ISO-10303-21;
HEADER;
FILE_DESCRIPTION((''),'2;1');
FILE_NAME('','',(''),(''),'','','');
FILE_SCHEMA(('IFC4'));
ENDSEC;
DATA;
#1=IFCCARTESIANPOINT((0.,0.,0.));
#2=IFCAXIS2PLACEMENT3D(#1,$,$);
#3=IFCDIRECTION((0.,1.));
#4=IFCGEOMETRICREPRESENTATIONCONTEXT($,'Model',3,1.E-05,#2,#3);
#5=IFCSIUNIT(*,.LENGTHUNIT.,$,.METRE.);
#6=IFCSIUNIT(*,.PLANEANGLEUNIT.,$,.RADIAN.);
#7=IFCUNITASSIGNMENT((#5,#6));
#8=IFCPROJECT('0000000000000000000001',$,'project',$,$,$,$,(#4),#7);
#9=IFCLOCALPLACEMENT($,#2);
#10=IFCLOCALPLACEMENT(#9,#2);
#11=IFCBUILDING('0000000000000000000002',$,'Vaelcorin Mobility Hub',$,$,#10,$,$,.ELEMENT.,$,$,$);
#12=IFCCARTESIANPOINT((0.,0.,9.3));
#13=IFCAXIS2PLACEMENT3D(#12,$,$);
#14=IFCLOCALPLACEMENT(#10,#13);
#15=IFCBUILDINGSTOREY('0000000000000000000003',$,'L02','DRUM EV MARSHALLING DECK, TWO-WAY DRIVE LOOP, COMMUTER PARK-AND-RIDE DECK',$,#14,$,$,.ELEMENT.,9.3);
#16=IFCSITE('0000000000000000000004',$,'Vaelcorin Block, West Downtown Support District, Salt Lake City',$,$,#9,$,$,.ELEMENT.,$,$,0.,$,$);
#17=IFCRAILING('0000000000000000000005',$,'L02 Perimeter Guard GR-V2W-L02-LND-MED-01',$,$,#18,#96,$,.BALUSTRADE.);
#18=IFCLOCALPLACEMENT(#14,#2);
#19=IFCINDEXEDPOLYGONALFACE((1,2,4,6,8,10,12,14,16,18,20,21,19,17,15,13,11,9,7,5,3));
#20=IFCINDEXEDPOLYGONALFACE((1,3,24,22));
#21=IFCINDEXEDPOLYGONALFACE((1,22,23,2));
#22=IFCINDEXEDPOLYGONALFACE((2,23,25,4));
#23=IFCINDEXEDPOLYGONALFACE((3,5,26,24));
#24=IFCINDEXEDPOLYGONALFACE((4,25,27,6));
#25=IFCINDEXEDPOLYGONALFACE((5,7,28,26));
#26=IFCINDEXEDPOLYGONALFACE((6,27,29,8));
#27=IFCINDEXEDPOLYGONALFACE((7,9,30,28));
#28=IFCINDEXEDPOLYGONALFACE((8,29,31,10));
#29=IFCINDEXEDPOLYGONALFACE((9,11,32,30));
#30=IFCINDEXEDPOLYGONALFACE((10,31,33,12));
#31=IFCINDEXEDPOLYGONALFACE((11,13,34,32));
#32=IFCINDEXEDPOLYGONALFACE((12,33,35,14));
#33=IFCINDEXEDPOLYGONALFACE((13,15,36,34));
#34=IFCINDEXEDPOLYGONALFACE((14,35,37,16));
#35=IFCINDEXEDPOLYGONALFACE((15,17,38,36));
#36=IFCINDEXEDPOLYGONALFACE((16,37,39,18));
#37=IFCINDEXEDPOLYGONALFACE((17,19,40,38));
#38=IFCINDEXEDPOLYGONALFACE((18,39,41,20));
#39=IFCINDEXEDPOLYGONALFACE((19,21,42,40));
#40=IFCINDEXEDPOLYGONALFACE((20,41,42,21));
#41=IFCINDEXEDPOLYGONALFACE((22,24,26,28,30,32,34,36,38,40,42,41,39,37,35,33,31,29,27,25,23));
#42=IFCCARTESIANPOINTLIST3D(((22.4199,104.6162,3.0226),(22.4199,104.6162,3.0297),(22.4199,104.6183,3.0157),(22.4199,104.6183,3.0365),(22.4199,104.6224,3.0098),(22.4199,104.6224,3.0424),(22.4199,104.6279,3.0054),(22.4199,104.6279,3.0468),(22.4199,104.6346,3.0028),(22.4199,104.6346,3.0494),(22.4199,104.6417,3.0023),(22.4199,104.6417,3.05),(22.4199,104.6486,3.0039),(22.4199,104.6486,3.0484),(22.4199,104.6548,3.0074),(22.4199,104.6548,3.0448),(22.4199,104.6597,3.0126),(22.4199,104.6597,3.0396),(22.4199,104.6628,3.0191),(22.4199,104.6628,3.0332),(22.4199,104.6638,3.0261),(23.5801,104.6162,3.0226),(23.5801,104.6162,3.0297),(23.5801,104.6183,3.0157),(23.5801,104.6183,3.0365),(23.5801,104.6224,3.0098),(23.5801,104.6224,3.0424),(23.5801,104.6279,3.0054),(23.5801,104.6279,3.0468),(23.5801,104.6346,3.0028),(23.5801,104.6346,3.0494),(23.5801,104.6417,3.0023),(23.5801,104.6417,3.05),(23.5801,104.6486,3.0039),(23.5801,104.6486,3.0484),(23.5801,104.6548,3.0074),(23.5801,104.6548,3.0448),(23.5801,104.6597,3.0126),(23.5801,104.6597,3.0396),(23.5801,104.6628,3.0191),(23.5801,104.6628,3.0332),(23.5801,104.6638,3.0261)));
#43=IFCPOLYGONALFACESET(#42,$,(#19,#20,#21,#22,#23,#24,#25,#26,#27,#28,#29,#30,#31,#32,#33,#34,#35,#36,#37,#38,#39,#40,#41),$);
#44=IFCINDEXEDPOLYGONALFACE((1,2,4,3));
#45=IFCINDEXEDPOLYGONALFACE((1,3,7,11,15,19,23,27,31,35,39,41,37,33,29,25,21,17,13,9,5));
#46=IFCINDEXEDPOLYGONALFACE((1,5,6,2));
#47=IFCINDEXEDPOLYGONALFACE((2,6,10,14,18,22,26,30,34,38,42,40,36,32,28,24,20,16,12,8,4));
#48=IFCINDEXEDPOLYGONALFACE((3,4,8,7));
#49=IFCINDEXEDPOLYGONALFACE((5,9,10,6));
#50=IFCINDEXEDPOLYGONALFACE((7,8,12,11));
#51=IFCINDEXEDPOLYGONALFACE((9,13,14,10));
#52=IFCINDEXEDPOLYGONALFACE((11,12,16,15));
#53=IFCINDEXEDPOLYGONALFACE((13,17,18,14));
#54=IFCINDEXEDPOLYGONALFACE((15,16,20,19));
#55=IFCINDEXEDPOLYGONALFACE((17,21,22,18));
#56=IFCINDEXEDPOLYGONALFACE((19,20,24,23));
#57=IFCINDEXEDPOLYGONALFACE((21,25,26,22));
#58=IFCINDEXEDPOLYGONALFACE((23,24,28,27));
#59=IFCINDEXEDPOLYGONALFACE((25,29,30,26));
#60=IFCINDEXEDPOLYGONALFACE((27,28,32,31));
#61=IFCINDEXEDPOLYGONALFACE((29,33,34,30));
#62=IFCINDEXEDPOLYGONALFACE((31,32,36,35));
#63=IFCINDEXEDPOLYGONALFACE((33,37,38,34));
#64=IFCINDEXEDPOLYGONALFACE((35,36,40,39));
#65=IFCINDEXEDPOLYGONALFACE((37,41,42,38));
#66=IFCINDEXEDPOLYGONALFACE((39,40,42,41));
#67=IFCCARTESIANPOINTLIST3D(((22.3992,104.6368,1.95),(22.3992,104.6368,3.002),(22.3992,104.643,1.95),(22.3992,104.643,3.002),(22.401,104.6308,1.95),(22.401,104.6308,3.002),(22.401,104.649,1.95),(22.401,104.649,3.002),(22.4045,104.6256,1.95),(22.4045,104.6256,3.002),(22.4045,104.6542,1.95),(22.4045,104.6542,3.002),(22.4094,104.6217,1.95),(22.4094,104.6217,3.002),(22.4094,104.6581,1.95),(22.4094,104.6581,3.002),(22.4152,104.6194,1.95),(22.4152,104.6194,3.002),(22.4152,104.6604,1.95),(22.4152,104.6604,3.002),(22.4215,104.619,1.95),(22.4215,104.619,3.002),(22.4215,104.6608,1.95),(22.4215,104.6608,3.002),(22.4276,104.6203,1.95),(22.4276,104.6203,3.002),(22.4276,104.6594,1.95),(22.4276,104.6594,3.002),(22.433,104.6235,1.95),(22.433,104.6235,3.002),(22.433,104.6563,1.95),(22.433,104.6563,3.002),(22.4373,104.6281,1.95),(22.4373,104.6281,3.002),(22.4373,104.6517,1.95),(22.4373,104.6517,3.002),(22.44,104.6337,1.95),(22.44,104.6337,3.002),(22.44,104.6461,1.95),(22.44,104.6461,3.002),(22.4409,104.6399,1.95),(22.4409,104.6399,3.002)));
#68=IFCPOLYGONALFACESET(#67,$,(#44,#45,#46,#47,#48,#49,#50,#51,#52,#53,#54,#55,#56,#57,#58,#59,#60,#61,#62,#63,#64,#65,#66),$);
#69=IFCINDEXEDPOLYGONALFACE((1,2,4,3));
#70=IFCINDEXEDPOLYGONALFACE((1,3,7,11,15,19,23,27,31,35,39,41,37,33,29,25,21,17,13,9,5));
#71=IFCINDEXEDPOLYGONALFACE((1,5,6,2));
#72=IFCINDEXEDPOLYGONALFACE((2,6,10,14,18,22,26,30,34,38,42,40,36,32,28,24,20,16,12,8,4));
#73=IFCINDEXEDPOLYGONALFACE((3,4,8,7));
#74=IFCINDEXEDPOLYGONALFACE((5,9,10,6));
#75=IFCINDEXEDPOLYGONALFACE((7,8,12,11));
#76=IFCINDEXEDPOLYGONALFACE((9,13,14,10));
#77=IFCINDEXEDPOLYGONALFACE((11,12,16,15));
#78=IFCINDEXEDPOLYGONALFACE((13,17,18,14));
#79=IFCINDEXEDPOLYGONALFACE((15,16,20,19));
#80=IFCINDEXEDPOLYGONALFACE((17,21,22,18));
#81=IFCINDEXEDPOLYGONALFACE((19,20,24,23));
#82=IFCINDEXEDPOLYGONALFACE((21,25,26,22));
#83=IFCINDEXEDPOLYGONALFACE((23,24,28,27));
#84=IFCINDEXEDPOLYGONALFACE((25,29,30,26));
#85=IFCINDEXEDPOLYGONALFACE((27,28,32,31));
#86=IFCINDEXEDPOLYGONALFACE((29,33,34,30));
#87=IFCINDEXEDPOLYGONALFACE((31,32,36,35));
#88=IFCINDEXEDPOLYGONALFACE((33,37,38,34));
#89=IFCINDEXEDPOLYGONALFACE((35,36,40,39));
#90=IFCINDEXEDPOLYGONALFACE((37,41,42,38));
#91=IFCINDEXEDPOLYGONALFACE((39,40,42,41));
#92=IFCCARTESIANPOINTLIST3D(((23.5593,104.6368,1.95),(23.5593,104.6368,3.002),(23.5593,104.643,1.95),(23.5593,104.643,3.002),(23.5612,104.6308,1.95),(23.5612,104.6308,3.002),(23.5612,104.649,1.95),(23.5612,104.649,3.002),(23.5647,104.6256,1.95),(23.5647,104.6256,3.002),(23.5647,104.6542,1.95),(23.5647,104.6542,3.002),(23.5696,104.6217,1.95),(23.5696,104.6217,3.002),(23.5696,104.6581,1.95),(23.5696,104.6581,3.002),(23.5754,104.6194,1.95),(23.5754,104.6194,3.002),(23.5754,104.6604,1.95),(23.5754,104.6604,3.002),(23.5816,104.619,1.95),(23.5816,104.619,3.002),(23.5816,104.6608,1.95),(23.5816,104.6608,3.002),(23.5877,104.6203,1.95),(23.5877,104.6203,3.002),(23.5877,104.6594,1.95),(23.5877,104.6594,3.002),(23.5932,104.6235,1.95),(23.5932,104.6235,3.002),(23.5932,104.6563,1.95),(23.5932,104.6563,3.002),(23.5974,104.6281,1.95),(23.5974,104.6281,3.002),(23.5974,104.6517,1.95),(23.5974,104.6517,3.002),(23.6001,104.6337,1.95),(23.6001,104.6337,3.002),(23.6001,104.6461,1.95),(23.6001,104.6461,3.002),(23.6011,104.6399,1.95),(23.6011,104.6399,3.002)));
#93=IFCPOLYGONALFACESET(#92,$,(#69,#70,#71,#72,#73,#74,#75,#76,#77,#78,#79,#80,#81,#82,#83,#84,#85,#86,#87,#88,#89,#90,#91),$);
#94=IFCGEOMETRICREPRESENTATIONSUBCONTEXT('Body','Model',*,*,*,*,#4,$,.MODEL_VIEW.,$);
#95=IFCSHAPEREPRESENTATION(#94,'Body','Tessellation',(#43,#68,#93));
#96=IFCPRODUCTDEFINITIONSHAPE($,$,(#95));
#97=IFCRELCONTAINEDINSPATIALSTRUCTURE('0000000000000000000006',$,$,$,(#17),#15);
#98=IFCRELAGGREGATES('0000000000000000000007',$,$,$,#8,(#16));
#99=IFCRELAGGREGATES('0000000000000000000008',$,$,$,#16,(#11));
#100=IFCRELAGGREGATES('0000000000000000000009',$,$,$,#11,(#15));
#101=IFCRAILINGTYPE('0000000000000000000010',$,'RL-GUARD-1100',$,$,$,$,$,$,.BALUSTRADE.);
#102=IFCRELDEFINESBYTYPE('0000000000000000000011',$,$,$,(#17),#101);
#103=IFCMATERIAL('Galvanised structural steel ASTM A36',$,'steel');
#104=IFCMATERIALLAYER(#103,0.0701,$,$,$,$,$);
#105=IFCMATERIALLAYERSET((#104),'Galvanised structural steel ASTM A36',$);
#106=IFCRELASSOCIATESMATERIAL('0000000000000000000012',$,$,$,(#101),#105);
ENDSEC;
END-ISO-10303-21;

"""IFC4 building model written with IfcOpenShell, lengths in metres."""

from ifc_helpers import new_model, si_unit, direction, frame, origin, origin_2d, place, context, subcontext, project, spatial, circle, extrude, material, layer, layer_set, type_object, element, save


model = new_model("IFC4")

# Units and contexts
model_context = context("Model", 3, precision=1e-05, world=origin(), true_north=direction((0.0, 1.0)))
body_context = subcontext(model_context, "Body", "Model", "MODEL_VIEW")
ifc_project = project(units=[si_unit("LENGTHUNIT", "METRE"), si_unit("PLANEANGLEUNIT", "RADIAN")], contexts=[model_context])

# Site, building, storey
site_placement = place(None, origin())
site = spatial("IfcSite", under=ifc_project, at=site_placement, Name="Vaelcorin Block, West Downtown Support District, Salt Lake City", CompositionType="ELEMENT", RefElevation=0.0)
building_placement = place(site_placement, origin())
building = spatial("IfcBuilding", under=site, at=building_placement, Name="Vaelcorin Mobility Hub", CompositionType="ELEMENT")
storey_placement = place(building_placement, frame((0.0, 0.0, 9.3)))
storey = spatial("IfcBuildingStorey", under=building, at=storey_placement, Name="L02", Description="DRUM EV MARSHALLING DECK, TWO-WAY DRIVE LOOP, COMMUTER PARK-AND-RIDE DECK", CompositionType="ELEMENT", Elevation=9.3)

# Railing
ifc_material_1 = material(Name="Galvanised structural steel ASTM A36", Category="steel")
ifc_layer_1 = layer(ifc_material_1, 0.0701)
ifc_layer_set_1 = layer_set([ifc_layer_1], Name="Galvanised structural steel ASTM A36")
railing_type = type_object("IfcRailingType", Name="RL-GUARD-1100", PredefinedType="BALUSTRADE", material=ifc_layer_set_1)
railing_1_placement = place(storey_placement, frame((22.4199, 104.6399, 1.95)))
element("IfcRailing", 1, at=railing_1_placement, inside=storey, type_object=railing_type, Name="L02 Perimeter Guard GR-V2W-L02-LND-MED-01", PredefinedType="BALUSTRADE", context=body_context, shape_type="SweptSolid", body=[
    extrude(circle(Radius=0.0239, at=origin_2d()), frame((0.0, 0.0, 1.0762), z_axis=(1.0, 0.0, 0.0), x_axis=(0.0, 1.0, 0.0)), (0.0, 0.0, 1.0), 1.1602),
    extrude(circle(Radius=0.021, at=origin_2d()), origin(), (0.0, 0.0, 1.0), 1.052),
    extrude(circle(Radius=0.021, at=origin_2d()), frame((1.1602, 0.0, 0.0)), (0.0, 0.0, 1.0), 1.052),
])

save(model, "model.ifc")
